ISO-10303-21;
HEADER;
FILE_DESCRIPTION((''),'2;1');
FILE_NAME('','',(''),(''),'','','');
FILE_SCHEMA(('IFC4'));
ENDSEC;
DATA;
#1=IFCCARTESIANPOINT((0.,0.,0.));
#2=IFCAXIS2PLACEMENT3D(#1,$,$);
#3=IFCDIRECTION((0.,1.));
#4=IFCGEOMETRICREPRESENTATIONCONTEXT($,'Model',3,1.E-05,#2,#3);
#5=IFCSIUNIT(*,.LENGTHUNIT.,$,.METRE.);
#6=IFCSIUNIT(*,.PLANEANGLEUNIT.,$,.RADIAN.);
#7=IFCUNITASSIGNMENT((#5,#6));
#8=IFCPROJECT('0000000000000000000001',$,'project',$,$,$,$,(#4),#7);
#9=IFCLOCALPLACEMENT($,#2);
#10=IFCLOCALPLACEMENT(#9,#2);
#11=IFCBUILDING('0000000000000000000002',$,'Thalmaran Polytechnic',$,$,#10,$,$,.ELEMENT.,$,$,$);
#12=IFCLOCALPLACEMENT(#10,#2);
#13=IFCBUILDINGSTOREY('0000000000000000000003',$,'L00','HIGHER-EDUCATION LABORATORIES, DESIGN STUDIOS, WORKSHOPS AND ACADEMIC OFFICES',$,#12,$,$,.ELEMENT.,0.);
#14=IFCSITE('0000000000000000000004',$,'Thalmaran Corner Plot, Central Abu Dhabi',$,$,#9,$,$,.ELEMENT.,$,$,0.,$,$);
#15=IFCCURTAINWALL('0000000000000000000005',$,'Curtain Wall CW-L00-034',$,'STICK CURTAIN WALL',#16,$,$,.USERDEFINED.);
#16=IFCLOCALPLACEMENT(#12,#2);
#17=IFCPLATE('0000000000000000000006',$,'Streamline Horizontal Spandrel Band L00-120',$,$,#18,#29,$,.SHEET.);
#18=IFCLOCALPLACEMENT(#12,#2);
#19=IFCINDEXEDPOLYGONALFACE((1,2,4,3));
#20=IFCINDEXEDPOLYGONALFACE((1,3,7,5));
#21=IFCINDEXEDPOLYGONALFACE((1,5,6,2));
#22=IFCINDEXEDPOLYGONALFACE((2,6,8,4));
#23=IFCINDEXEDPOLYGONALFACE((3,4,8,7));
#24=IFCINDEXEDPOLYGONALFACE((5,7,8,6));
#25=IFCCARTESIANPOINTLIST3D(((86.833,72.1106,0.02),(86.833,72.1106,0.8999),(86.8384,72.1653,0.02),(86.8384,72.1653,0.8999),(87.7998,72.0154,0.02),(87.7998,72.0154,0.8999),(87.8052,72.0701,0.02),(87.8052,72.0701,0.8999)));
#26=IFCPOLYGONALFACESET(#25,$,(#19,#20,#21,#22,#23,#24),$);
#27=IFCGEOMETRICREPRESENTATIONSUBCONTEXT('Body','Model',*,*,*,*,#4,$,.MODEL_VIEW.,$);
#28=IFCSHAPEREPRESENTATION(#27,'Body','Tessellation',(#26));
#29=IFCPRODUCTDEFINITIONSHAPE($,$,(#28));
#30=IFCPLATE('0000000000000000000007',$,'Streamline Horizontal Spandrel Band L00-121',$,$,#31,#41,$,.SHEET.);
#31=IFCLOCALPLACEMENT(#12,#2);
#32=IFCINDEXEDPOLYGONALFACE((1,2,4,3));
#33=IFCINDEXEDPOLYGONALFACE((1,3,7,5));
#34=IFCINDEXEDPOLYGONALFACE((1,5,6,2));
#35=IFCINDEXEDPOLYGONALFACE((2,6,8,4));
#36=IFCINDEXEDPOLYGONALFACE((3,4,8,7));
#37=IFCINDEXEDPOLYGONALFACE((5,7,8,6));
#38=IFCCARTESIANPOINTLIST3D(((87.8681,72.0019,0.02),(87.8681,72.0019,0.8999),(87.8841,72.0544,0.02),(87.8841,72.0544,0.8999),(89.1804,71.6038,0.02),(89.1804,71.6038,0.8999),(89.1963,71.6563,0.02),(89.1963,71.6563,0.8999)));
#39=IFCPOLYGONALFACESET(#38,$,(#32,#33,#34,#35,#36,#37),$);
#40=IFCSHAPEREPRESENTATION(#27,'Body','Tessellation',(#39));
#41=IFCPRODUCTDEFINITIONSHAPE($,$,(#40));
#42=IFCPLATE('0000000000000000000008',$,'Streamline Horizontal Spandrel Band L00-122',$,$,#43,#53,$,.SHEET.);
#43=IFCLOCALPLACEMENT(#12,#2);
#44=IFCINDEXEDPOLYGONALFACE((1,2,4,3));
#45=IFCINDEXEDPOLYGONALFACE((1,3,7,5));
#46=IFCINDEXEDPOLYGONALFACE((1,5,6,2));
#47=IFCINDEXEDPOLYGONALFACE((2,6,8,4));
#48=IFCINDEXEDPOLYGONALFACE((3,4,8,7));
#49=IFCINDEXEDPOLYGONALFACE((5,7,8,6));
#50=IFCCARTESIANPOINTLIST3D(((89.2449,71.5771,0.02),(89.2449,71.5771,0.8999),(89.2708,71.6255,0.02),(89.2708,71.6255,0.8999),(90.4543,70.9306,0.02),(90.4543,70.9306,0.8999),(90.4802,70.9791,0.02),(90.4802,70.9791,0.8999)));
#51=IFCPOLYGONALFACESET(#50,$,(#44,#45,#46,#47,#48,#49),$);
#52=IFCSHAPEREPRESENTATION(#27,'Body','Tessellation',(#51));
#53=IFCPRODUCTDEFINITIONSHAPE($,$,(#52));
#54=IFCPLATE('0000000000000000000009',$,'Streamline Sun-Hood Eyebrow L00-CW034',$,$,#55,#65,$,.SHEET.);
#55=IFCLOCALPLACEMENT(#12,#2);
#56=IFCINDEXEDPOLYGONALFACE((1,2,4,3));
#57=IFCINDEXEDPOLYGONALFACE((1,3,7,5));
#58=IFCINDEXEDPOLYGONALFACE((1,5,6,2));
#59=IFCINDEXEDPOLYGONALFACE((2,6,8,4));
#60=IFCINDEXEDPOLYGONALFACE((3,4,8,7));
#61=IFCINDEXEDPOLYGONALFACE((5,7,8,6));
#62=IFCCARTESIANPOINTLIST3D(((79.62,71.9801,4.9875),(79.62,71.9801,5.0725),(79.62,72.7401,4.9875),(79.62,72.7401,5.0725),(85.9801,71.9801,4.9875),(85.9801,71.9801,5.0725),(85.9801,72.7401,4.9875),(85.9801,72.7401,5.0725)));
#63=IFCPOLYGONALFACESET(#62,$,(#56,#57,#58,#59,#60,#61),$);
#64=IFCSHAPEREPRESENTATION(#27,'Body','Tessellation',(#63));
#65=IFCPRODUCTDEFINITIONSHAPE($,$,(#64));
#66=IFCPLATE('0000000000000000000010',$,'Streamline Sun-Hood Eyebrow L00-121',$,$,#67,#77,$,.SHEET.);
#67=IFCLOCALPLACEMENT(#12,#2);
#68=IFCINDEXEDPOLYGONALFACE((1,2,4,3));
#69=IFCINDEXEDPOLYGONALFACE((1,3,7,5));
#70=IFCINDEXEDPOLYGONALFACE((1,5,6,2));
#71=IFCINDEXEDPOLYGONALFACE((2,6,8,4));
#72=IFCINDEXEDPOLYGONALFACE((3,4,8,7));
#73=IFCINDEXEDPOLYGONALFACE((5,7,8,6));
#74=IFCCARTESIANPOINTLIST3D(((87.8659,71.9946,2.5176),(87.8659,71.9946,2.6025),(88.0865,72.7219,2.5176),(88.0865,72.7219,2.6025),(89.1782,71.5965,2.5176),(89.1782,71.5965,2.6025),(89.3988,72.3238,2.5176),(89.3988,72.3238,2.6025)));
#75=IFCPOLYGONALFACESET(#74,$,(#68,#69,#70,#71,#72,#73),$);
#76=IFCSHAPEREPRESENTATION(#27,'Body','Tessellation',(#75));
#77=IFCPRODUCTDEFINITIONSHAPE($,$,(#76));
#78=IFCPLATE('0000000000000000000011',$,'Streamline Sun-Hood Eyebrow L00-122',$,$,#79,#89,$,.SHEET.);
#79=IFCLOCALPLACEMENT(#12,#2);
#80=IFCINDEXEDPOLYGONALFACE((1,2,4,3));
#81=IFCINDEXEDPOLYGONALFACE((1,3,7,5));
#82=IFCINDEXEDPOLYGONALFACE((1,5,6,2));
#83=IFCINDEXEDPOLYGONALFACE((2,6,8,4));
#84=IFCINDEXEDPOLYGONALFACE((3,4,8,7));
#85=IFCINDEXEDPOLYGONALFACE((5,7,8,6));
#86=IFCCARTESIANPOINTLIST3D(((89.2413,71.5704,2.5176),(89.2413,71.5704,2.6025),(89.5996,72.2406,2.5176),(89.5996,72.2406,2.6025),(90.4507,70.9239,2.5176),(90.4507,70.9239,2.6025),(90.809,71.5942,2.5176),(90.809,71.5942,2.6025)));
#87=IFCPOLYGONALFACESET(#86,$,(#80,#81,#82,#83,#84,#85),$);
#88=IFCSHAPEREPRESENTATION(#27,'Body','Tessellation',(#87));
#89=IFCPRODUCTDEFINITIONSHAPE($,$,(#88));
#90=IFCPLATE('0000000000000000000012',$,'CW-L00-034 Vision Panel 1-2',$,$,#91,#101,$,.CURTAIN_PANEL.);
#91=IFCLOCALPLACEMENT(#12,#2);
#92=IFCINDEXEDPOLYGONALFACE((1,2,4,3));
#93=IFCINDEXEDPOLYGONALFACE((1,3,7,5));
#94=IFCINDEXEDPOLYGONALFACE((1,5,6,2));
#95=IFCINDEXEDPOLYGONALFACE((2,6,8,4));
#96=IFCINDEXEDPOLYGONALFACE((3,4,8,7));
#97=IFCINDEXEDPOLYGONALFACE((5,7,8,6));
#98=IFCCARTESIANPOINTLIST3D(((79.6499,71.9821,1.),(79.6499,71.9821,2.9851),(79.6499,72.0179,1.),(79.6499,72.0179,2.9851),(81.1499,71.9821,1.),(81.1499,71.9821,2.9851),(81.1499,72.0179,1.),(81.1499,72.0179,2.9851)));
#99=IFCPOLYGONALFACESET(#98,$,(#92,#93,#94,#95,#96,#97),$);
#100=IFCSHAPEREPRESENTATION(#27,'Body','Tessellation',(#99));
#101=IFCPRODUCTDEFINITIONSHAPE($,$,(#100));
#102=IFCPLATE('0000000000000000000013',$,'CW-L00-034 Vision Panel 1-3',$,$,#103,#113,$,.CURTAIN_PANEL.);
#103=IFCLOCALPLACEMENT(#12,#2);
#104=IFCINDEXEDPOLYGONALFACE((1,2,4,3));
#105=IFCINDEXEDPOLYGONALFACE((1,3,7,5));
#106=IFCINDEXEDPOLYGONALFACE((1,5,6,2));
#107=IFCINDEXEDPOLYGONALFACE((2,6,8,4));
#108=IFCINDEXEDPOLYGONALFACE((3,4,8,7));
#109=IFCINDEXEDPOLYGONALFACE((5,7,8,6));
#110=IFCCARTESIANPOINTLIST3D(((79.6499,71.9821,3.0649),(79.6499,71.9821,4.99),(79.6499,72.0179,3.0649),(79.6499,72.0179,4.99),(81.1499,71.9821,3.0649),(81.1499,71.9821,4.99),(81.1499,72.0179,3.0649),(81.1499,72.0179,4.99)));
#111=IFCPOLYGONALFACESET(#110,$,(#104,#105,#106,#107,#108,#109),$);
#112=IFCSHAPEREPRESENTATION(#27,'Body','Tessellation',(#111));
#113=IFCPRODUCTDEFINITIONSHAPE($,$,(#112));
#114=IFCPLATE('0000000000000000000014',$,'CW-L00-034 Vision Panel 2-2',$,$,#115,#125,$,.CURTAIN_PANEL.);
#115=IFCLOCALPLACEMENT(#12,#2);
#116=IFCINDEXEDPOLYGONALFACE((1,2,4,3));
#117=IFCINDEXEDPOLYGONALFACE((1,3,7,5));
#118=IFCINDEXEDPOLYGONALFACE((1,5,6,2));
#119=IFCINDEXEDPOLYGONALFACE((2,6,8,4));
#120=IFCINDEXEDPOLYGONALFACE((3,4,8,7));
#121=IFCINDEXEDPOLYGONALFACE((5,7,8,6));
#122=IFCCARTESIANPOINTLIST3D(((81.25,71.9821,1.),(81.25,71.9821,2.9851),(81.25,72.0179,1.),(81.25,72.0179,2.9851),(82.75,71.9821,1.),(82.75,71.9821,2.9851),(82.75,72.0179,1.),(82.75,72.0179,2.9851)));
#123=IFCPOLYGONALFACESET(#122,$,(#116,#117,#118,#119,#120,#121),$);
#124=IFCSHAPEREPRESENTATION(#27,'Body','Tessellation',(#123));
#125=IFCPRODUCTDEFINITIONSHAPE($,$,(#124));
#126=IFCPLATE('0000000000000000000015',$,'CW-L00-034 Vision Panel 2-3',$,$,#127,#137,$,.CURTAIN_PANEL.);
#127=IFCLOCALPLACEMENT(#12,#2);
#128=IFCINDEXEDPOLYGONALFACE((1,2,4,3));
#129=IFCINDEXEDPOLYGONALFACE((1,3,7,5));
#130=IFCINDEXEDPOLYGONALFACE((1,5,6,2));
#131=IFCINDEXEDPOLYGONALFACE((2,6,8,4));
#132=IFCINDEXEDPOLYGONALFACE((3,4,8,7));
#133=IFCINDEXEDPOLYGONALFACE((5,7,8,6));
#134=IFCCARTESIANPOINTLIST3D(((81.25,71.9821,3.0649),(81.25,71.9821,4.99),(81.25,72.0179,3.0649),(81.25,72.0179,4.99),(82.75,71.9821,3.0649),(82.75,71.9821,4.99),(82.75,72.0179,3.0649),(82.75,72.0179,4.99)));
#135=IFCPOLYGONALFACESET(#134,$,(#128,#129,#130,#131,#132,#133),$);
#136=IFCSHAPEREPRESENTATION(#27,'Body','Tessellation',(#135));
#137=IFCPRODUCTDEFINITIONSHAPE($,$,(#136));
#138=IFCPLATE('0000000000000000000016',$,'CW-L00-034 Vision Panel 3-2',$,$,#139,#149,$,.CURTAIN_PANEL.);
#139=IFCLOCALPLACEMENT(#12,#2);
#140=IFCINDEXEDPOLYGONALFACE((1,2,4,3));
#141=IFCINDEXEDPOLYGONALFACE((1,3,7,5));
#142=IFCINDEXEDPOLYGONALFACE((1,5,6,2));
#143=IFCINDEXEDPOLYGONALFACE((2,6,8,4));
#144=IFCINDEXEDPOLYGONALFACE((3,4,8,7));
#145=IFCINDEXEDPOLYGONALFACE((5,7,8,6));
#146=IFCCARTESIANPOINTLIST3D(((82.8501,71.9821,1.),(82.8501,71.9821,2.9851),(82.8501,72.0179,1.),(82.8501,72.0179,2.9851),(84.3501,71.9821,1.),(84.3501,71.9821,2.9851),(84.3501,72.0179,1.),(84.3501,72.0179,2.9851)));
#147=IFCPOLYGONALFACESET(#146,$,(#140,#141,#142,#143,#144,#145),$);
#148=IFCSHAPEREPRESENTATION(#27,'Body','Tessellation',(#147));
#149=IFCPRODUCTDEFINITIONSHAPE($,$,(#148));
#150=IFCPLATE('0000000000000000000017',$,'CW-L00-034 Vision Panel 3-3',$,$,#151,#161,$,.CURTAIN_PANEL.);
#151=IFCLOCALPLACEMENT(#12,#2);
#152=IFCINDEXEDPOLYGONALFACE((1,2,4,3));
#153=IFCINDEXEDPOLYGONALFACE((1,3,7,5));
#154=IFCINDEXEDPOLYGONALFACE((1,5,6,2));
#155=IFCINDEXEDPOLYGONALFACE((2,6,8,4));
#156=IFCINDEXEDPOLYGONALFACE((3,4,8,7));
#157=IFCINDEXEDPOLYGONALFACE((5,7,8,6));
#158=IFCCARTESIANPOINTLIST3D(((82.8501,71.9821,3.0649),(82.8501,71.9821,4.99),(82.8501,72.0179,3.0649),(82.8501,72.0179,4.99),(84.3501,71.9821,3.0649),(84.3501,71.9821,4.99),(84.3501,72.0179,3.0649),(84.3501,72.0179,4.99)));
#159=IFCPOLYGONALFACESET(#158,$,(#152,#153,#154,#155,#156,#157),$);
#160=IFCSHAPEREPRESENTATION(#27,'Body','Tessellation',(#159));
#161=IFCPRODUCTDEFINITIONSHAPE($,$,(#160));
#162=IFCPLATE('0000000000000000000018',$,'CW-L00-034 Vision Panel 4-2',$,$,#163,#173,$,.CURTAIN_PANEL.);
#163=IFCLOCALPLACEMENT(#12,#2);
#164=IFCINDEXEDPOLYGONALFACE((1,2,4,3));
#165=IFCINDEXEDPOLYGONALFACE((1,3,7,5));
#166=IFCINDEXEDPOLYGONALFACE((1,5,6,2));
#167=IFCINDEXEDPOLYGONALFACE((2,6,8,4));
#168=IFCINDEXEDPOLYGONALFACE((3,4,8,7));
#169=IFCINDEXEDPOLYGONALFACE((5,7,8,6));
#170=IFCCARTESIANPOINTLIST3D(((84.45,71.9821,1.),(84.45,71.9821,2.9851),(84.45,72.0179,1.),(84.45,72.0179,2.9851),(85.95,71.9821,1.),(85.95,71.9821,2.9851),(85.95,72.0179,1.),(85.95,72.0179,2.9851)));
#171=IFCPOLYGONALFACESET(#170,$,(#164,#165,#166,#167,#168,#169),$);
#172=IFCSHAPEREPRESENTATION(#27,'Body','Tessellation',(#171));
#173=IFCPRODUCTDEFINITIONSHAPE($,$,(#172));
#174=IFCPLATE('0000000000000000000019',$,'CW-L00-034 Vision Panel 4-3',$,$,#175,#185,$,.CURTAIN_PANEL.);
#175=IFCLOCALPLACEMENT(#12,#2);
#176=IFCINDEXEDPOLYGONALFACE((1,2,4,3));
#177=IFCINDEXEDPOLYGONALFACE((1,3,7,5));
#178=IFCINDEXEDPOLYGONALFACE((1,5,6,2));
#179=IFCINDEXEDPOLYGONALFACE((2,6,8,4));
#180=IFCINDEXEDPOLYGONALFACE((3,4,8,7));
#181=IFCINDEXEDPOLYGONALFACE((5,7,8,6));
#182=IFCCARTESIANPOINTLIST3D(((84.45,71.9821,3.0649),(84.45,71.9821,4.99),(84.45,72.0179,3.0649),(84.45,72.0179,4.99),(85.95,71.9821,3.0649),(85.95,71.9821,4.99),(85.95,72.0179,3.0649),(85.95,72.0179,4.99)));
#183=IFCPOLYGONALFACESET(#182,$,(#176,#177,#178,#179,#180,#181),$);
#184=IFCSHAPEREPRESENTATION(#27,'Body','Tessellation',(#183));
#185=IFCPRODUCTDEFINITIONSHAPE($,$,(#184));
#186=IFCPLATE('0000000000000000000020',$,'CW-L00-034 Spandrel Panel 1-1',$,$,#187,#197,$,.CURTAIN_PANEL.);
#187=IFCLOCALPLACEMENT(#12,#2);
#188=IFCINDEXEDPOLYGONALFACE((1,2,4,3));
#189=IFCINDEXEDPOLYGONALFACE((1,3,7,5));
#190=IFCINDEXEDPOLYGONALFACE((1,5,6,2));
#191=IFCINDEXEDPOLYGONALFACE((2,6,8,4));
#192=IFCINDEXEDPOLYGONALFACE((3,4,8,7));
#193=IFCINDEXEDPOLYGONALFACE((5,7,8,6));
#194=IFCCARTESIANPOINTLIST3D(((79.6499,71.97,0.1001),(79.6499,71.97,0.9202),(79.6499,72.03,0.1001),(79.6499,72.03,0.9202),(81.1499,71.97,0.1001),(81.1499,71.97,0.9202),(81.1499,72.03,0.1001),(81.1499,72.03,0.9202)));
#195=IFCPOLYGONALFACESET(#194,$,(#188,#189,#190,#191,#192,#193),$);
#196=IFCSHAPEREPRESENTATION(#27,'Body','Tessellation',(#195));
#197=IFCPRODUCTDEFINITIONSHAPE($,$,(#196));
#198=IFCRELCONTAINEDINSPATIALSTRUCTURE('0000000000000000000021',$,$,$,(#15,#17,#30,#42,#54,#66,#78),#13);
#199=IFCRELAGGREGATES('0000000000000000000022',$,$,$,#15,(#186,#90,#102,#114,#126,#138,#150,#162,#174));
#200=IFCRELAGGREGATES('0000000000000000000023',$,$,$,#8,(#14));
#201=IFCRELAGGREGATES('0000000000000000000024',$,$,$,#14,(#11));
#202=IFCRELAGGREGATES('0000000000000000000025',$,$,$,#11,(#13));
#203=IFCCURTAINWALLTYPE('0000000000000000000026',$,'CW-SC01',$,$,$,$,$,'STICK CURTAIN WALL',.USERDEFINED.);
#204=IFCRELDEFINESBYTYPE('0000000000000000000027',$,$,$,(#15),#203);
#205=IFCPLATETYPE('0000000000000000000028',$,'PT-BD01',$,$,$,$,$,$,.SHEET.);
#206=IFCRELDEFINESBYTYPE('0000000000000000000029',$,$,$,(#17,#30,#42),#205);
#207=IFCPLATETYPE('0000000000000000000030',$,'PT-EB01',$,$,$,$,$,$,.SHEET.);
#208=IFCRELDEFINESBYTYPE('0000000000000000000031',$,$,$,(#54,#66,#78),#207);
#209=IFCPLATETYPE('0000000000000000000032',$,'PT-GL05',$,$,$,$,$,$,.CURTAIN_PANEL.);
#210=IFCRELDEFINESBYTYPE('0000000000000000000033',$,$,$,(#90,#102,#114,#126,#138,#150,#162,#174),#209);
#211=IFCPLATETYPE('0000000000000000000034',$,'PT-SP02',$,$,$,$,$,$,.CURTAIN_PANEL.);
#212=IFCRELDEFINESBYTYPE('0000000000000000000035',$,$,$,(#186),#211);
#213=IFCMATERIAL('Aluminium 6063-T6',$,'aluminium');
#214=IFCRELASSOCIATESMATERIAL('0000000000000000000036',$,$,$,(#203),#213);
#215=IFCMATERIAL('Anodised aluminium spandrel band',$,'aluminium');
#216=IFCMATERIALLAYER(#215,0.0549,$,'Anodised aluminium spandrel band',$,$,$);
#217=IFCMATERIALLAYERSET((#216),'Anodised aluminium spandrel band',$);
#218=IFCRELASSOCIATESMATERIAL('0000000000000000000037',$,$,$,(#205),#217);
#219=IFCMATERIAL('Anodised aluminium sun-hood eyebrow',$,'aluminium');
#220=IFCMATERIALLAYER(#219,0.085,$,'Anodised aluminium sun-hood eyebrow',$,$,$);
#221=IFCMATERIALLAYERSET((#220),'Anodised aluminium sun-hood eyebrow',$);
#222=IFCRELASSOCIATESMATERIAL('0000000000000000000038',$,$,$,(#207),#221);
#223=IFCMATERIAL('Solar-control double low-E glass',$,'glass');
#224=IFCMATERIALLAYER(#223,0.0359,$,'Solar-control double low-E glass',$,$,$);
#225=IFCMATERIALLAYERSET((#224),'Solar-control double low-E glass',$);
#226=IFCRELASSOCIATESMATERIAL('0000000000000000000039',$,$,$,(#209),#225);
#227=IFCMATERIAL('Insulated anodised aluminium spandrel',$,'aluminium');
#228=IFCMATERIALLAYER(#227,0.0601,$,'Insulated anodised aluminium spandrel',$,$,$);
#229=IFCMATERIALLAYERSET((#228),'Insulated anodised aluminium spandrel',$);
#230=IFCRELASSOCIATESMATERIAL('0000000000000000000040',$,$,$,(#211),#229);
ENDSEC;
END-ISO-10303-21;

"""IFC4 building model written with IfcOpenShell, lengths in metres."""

from ifc_helpers import new_model, si_unit, direction, frame, origin, origin_2d, place, context, subcontext, project, spatial, rectangle, extrude, material, layer, layer_set, type_object, element, aggregate, save


model = new_model("IFC4")

# Units and contexts
model_context = context("Model", 3, precision=1e-05, world=origin(), true_north=direction((0.0, 1.0)))
body_context = subcontext(model_context, "Body", "Model", "MODEL_VIEW")
ifc_project = project(units=[si_unit("LENGTHUNIT", "METRE"), si_unit("PLANEANGLEUNIT", "RADIAN")], contexts=[model_context])

# Site, building, storey
site_placement = place(None, origin())
site = spatial("IfcSite", under=ifc_project, at=site_placement, Name="Thalmaran Corner Plot, Central Abu Dhabi", CompositionType="ELEMENT", RefElevation=0.0)
building_placement = place(site_placement, origin())
building = spatial("IfcBuilding", under=site, at=building_placement, Name="Thalmaran Polytechnic", CompositionType="ELEMENT")
storey_placement = place(building_placement, origin())
storey = spatial("IfcBuildingStorey", under=building, at=storey_placement, Name="L00", Description="HIGHER-EDUCATION LABORATORIES, DESIGN STUDIOS, WORKSHOPS AND ACADEMIC OFFICES", CompositionType="ELEMENT", Elevation=0.0)

# Curtain wall
ifc_material_1 = material(Name="Aluminium 6063-T6", Category="aluminium")
curtain_wall_type = type_object("IfcCurtainWallType", Name="CW-SC01", ElementType="STICK CURTAIN WALL", PredefinedType="USERDEFINED", material=ifc_material_1)
curtain_wall_placement = place(storey_placement, origin())
curtain_wall = element("IfcCurtainWall", 1, at=curtain_wall_placement, inside=storey, type_object=curtain_wall_type, Name="Curtain Wall CW-L00-034", ObjectType="STICK CURTAIN WALL", PredefinedType="USERDEFINED")

# Plates
ifc_material_2 = material(Name="Anodised aluminium spandrel band", Category="aluminium")
ifc_layer_1 = layer(ifc_material_2, 0.0549, Name="Anodised aluminium spandrel band")
ifc_layer_set_1 = layer_set([ifc_layer_1], Name="Anodised aluminium spandrel band")
plate_type_1 = type_object("IfcPlateType", Name="PT-BD01", PredefinedType="SHEET", material=ifc_layer_set_1)
plate_1_placement = place(storey_placement, frame((87.3191, 72.0903, 0.02), z_axis=(0.0, 0.0, 1.0), x_axis=(0.995185, -0.098017, 0.0)))
element("IfcPlate", 2, at=plate_1_placement, inside=storey, type_object=plate_type_1, Name="Streamline Horizontal Spandrel Band L00-120", PredefinedType="SHEET", context=body_context, shape_type="SweptSolid", body=[
    extrude(rectangle(XDim=0.9714, YDim=0.0549, at=origin_2d()), origin(), (0.0, 0.0, 1.0), 0.8799),
])
for number, where, z_axis, x_axis, name in (
    (3, (88.5322, 71.8291, 0.02), (0.0, 0.0, 1.0), (0.95694, -0.290285, 0.0), "Streamline Horizontal Spandrel Band L00-121"),
    (4, (89.8625, 71.2781, 0.02), (0.0, 0.0, 1.0), (0.881921, -0.471397, 0.0), "Streamline Horizontal Spandrel Band L00-122"),
):
    element("IfcPlate", number, at=place(storey_placement, frame(where, z_axis=z_axis, x_axis=x_axis)), inside=storey, type_object=plate_type_1, Name=name, PredefinedType="SHEET", context=body_context, shape_type="SweptSolid", body=[
        extrude(rectangle(XDim=1.3713, YDim=0.0549, at=origin_2d()), origin(), (0.0, 0.0, 1.0), 0.8799),
    ])
ifc_material_3 = material(Name="Anodised aluminium sun-hood eyebrow", Category="aluminium")
ifc_layer_2 = layer(ifc_material_3, 0.085, Name="Anodised aluminium sun-hood eyebrow")
ifc_layer_set_2 = layer_set([ifc_layer_2], Name="Anodised aluminium sun-hood eyebrow")
plate_type_2 = type_object("IfcPlateType", Name="PT-EB01", PredefinedType="SHEET", material=ifc_layer_set_2)
plate_2_placement = place(storey_placement, frame((82.8, 72.3601, 4.9875), z_axis=(0.0, 0.0, 1.0), x_axis=(1.0, 0.0, 0.0)))
element("IfcPlate", 5, at=plate_2_placement, inside=storey, type_object=plate_type_2, Name="Streamline Sun-Hood Eyebrow L00-CW034", PredefinedType="SHEET", context=body_context, shape_type="SweptSolid", body=[
    extrude(rectangle(XDim=6.3601, YDim=0.76, at=origin_2d()), origin(), (0.0, 0.0, 1.0), 0.085),
])
for number, where, z_axis, x_axis, name in (
    (6, (88.6323, 72.1592, 2.5176), (0.0, 0.0, 1.0), (0.95694, -0.290285, 0.0), "Streamline Sun-Hood Eyebrow L00-121"),
    (7, (90.0251, 71.5823, 2.5176), (0.0, 0.0, 1.0), (0.881921, -0.471397, 0.0), "Streamline Sun-Hood Eyebrow L00-122"),
):
    element("IfcPlate", number, at=place(storey_placement, frame(where, z_axis=z_axis, x_axis=x_axis)), inside=storey, type_object=plate_type_2, Name=name, PredefinedType="SHEET", context=body_context, shape_type="SweptSolid", body=[
        extrude(rectangle(XDim=1.3713, YDim=0.76, at=origin_2d()), origin(), (0.0, 0.0, 1.0), 0.085),
    ])

# Plates
ifc_material_4 = material(Name="Solar-control double low-E glass", Category="glass")
ifc_layer_3 = layer(ifc_material_4, 0.0359, Name="Solar-control double low-E glass")
ifc_layer_set_3 = layer_set([ifc_layer_3], Name="Solar-control double low-E glass")
plate_type_3 = type_object("IfcPlateType", Name="PT-GL05", PredefinedType="CURTAIN_PANEL", material=ifc_layer_set_3)
plate_3_placement = place(storey_placement, frame((80.3999, 72.0, 1.0), z_axis=(0.0, 0.0, 1.0), x_axis=(1.0, 0.0, 0.0)))
plate_3 = element("IfcPlate", 8, at=plate_3_placement, type_object=plate_type_3, Name="CW-L00-034 Vision Panel 1-2", PredefinedType="CURTAIN_PANEL", context=body_context, shape_type="SweptSolid", body=[
    extrude(rectangle(XDim=1.5, YDim=0.0359, at=origin_2d()), origin(), (0.0, 0.0, 1.0), 1.9851),
])
plate_4_placement = place(storey_placement, frame((80.3999, 72.0, 3.0649), z_axis=(0.0, 0.0, 1.0), x_axis=(1.0, 0.0, 0.0)))
plate_4 = element("IfcPlate", 9, at=plate_4_placement, type_object=plate_type_3, Name="CW-L00-034 Vision Panel 1-3", PredefinedType="CURTAIN_PANEL", context=body_context, shape_type="SweptSolid", body=[
    extrude(rectangle(XDim=1.5, YDim=0.0359, at=origin_2d()), origin(), (0.0, 0.0, 1.0), 1.925),
])
plate_5_placement = place(storey_placement, frame((82.0, 72.0, 1.0), z_axis=(0.0, 0.0, 1.0), x_axis=(1.0, 0.0, 0.0)))
plate_5 = element("IfcPlate", 10, at=plate_5_placement, type_object=plate_type_3, Name="CW-L00-034 Vision Panel 2-2", PredefinedType="CURTAIN_PANEL", context=body_context, shape_type="SweptSolid", body=[
    extrude(rectangle(XDim=1.5, YDim=0.0359, at=origin_2d()), origin(), (0.0, 0.0, 1.0), 1.9851),
])
plate_6_placement = place(storey_placement, frame((82.0, 72.0, 3.0649), z_axis=(0.0, 0.0, 1.0), x_axis=(1.0, 0.0, 0.0)))
plate_6 = element("IfcPlate", 11, at=plate_6_placement, type_object=plate_type_3, Name="CW-L00-034 Vision Panel 2-3", PredefinedType="CURTAIN_PANEL", context=body_context, shape_type="SweptSolid", body=[
    extrude(rectangle(XDim=1.5, YDim=0.0359, at=origin_2d()), origin(), (0.0, 0.0, 1.0), 1.925),
])
plate_7_placement = place(storey_placement, frame((83.6001, 72.0, 1.0), z_axis=(0.0, 0.0, 1.0), x_axis=(1.0, 0.0, 0.0)))
plate_7 = element("IfcPlate", 12, at=plate_7_placement, type_object=plate_type_3, Name="CW-L00-034 Vision Panel 3-2", PredefinedType="CURTAIN_PANEL", context=body_context, shape_type="SweptSolid", body=[
    extrude(rectangle(XDim=1.5, YDim=0.0359, at=origin_2d()), origin(), (0.0, 0.0, 1.0), 1.9851),
])
plate_8_placement = place(storey_placement, frame((83.6001, 72.0, 3.0649), z_axis=(0.0, 0.0, 1.0), x_axis=(1.0, 0.0, 0.0)))
plate_8 = element("IfcPlate", 13, at=plate_8_placement, type_object=plate_type_3, Name="CW-L00-034 Vision Panel 3-3", PredefinedType="CURTAIN_PANEL", context=body_context, shape_type="SweptSolid", body=[
    extrude(rectangle(XDim=1.5, YDim=0.0359, at=origin_2d()), origin(), (0.0, 0.0, 1.0), 1.925),
])
plate_9_placement = place(storey_placement, frame((85.2, 72.0, 1.0), z_axis=(0.0, 0.0, 1.0), x_axis=(1.0, 0.0, 0.0)))
plate_9 = element("IfcPlate", 14, at=plate_9_placement, type_object=plate_type_3, Name="CW-L00-034 Vision Panel 4-2", PredefinedType="CURTAIN_PANEL", context=body_context, shape_type="SweptSolid", body=[
    extrude(rectangle(XDim=1.5, YDim=0.0359, at=origin_2d()), origin(), (0.0, 0.0, 1.0), 1.9851),
])
plate_10_placement = place(storey_placement, frame((85.2, 72.0, 3.0649), z_axis=(0.0, 0.0, 1.0), x_axis=(1.0, 0.0, 0.0)))
plate_10 = element("IfcPlate", 15, at=plate_10_placement, type_object=plate_type_3, Name="CW-L00-034 Vision Panel 4-3", PredefinedType="CURTAIN_PANEL", context=body_context, shape_type="SweptSolid", body=[
    extrude(rectangle(XDim=1.5, YDim=0.0359, at=origin_2d()), origin(), (0.0, 0.0, 1.0), 1.925),
])
ifc_material_5 = material(Name="Insulated anodised aluminium spandrel", Category="aluminium")
ifc_layer_4 = layer(ifc_material_5, 0.0601, Name="Insulated anodised aluminium spandrel")
ifc_layer_set_4 = layer_set([ifc_layer_4], Name="Insulated anodised aluminium spandrel")
plate_type_4 = type_object("IfcPlateType", Name="PT-SP02", PredefinedType="CURTAIN_PANEL", material=ifc_layer_set_4)
plate_11_placement = place(storey_placement, frame((80.3999, 72.0, 0.1001), z_axis=(0.0, 0.0, 1.0), x_axis=(1.0, 0.0, 0.0)))
plate_11 = element("IfcPlate", 16, at=plate_11_placement, type_object=plate_type_4, Name="CW-L00-034 Spandrel Panel 1-1", PredefinedType="CURTAIN_PANEL", context=body_context, shape_type="SweptSolid", body=[
    extrude(rectangle(XDim=1.5, YDim=0.0601, at=origin_2d()), origin(), (0.0, 0.0, 1.0), 0.8201),
])
aggregate(curtain_wall, [plate_11, plate_3, plate_4, plate_5, plate_6, plate_7, plate_8, plate_9, plate_10])

save(model, "model.ifc")
